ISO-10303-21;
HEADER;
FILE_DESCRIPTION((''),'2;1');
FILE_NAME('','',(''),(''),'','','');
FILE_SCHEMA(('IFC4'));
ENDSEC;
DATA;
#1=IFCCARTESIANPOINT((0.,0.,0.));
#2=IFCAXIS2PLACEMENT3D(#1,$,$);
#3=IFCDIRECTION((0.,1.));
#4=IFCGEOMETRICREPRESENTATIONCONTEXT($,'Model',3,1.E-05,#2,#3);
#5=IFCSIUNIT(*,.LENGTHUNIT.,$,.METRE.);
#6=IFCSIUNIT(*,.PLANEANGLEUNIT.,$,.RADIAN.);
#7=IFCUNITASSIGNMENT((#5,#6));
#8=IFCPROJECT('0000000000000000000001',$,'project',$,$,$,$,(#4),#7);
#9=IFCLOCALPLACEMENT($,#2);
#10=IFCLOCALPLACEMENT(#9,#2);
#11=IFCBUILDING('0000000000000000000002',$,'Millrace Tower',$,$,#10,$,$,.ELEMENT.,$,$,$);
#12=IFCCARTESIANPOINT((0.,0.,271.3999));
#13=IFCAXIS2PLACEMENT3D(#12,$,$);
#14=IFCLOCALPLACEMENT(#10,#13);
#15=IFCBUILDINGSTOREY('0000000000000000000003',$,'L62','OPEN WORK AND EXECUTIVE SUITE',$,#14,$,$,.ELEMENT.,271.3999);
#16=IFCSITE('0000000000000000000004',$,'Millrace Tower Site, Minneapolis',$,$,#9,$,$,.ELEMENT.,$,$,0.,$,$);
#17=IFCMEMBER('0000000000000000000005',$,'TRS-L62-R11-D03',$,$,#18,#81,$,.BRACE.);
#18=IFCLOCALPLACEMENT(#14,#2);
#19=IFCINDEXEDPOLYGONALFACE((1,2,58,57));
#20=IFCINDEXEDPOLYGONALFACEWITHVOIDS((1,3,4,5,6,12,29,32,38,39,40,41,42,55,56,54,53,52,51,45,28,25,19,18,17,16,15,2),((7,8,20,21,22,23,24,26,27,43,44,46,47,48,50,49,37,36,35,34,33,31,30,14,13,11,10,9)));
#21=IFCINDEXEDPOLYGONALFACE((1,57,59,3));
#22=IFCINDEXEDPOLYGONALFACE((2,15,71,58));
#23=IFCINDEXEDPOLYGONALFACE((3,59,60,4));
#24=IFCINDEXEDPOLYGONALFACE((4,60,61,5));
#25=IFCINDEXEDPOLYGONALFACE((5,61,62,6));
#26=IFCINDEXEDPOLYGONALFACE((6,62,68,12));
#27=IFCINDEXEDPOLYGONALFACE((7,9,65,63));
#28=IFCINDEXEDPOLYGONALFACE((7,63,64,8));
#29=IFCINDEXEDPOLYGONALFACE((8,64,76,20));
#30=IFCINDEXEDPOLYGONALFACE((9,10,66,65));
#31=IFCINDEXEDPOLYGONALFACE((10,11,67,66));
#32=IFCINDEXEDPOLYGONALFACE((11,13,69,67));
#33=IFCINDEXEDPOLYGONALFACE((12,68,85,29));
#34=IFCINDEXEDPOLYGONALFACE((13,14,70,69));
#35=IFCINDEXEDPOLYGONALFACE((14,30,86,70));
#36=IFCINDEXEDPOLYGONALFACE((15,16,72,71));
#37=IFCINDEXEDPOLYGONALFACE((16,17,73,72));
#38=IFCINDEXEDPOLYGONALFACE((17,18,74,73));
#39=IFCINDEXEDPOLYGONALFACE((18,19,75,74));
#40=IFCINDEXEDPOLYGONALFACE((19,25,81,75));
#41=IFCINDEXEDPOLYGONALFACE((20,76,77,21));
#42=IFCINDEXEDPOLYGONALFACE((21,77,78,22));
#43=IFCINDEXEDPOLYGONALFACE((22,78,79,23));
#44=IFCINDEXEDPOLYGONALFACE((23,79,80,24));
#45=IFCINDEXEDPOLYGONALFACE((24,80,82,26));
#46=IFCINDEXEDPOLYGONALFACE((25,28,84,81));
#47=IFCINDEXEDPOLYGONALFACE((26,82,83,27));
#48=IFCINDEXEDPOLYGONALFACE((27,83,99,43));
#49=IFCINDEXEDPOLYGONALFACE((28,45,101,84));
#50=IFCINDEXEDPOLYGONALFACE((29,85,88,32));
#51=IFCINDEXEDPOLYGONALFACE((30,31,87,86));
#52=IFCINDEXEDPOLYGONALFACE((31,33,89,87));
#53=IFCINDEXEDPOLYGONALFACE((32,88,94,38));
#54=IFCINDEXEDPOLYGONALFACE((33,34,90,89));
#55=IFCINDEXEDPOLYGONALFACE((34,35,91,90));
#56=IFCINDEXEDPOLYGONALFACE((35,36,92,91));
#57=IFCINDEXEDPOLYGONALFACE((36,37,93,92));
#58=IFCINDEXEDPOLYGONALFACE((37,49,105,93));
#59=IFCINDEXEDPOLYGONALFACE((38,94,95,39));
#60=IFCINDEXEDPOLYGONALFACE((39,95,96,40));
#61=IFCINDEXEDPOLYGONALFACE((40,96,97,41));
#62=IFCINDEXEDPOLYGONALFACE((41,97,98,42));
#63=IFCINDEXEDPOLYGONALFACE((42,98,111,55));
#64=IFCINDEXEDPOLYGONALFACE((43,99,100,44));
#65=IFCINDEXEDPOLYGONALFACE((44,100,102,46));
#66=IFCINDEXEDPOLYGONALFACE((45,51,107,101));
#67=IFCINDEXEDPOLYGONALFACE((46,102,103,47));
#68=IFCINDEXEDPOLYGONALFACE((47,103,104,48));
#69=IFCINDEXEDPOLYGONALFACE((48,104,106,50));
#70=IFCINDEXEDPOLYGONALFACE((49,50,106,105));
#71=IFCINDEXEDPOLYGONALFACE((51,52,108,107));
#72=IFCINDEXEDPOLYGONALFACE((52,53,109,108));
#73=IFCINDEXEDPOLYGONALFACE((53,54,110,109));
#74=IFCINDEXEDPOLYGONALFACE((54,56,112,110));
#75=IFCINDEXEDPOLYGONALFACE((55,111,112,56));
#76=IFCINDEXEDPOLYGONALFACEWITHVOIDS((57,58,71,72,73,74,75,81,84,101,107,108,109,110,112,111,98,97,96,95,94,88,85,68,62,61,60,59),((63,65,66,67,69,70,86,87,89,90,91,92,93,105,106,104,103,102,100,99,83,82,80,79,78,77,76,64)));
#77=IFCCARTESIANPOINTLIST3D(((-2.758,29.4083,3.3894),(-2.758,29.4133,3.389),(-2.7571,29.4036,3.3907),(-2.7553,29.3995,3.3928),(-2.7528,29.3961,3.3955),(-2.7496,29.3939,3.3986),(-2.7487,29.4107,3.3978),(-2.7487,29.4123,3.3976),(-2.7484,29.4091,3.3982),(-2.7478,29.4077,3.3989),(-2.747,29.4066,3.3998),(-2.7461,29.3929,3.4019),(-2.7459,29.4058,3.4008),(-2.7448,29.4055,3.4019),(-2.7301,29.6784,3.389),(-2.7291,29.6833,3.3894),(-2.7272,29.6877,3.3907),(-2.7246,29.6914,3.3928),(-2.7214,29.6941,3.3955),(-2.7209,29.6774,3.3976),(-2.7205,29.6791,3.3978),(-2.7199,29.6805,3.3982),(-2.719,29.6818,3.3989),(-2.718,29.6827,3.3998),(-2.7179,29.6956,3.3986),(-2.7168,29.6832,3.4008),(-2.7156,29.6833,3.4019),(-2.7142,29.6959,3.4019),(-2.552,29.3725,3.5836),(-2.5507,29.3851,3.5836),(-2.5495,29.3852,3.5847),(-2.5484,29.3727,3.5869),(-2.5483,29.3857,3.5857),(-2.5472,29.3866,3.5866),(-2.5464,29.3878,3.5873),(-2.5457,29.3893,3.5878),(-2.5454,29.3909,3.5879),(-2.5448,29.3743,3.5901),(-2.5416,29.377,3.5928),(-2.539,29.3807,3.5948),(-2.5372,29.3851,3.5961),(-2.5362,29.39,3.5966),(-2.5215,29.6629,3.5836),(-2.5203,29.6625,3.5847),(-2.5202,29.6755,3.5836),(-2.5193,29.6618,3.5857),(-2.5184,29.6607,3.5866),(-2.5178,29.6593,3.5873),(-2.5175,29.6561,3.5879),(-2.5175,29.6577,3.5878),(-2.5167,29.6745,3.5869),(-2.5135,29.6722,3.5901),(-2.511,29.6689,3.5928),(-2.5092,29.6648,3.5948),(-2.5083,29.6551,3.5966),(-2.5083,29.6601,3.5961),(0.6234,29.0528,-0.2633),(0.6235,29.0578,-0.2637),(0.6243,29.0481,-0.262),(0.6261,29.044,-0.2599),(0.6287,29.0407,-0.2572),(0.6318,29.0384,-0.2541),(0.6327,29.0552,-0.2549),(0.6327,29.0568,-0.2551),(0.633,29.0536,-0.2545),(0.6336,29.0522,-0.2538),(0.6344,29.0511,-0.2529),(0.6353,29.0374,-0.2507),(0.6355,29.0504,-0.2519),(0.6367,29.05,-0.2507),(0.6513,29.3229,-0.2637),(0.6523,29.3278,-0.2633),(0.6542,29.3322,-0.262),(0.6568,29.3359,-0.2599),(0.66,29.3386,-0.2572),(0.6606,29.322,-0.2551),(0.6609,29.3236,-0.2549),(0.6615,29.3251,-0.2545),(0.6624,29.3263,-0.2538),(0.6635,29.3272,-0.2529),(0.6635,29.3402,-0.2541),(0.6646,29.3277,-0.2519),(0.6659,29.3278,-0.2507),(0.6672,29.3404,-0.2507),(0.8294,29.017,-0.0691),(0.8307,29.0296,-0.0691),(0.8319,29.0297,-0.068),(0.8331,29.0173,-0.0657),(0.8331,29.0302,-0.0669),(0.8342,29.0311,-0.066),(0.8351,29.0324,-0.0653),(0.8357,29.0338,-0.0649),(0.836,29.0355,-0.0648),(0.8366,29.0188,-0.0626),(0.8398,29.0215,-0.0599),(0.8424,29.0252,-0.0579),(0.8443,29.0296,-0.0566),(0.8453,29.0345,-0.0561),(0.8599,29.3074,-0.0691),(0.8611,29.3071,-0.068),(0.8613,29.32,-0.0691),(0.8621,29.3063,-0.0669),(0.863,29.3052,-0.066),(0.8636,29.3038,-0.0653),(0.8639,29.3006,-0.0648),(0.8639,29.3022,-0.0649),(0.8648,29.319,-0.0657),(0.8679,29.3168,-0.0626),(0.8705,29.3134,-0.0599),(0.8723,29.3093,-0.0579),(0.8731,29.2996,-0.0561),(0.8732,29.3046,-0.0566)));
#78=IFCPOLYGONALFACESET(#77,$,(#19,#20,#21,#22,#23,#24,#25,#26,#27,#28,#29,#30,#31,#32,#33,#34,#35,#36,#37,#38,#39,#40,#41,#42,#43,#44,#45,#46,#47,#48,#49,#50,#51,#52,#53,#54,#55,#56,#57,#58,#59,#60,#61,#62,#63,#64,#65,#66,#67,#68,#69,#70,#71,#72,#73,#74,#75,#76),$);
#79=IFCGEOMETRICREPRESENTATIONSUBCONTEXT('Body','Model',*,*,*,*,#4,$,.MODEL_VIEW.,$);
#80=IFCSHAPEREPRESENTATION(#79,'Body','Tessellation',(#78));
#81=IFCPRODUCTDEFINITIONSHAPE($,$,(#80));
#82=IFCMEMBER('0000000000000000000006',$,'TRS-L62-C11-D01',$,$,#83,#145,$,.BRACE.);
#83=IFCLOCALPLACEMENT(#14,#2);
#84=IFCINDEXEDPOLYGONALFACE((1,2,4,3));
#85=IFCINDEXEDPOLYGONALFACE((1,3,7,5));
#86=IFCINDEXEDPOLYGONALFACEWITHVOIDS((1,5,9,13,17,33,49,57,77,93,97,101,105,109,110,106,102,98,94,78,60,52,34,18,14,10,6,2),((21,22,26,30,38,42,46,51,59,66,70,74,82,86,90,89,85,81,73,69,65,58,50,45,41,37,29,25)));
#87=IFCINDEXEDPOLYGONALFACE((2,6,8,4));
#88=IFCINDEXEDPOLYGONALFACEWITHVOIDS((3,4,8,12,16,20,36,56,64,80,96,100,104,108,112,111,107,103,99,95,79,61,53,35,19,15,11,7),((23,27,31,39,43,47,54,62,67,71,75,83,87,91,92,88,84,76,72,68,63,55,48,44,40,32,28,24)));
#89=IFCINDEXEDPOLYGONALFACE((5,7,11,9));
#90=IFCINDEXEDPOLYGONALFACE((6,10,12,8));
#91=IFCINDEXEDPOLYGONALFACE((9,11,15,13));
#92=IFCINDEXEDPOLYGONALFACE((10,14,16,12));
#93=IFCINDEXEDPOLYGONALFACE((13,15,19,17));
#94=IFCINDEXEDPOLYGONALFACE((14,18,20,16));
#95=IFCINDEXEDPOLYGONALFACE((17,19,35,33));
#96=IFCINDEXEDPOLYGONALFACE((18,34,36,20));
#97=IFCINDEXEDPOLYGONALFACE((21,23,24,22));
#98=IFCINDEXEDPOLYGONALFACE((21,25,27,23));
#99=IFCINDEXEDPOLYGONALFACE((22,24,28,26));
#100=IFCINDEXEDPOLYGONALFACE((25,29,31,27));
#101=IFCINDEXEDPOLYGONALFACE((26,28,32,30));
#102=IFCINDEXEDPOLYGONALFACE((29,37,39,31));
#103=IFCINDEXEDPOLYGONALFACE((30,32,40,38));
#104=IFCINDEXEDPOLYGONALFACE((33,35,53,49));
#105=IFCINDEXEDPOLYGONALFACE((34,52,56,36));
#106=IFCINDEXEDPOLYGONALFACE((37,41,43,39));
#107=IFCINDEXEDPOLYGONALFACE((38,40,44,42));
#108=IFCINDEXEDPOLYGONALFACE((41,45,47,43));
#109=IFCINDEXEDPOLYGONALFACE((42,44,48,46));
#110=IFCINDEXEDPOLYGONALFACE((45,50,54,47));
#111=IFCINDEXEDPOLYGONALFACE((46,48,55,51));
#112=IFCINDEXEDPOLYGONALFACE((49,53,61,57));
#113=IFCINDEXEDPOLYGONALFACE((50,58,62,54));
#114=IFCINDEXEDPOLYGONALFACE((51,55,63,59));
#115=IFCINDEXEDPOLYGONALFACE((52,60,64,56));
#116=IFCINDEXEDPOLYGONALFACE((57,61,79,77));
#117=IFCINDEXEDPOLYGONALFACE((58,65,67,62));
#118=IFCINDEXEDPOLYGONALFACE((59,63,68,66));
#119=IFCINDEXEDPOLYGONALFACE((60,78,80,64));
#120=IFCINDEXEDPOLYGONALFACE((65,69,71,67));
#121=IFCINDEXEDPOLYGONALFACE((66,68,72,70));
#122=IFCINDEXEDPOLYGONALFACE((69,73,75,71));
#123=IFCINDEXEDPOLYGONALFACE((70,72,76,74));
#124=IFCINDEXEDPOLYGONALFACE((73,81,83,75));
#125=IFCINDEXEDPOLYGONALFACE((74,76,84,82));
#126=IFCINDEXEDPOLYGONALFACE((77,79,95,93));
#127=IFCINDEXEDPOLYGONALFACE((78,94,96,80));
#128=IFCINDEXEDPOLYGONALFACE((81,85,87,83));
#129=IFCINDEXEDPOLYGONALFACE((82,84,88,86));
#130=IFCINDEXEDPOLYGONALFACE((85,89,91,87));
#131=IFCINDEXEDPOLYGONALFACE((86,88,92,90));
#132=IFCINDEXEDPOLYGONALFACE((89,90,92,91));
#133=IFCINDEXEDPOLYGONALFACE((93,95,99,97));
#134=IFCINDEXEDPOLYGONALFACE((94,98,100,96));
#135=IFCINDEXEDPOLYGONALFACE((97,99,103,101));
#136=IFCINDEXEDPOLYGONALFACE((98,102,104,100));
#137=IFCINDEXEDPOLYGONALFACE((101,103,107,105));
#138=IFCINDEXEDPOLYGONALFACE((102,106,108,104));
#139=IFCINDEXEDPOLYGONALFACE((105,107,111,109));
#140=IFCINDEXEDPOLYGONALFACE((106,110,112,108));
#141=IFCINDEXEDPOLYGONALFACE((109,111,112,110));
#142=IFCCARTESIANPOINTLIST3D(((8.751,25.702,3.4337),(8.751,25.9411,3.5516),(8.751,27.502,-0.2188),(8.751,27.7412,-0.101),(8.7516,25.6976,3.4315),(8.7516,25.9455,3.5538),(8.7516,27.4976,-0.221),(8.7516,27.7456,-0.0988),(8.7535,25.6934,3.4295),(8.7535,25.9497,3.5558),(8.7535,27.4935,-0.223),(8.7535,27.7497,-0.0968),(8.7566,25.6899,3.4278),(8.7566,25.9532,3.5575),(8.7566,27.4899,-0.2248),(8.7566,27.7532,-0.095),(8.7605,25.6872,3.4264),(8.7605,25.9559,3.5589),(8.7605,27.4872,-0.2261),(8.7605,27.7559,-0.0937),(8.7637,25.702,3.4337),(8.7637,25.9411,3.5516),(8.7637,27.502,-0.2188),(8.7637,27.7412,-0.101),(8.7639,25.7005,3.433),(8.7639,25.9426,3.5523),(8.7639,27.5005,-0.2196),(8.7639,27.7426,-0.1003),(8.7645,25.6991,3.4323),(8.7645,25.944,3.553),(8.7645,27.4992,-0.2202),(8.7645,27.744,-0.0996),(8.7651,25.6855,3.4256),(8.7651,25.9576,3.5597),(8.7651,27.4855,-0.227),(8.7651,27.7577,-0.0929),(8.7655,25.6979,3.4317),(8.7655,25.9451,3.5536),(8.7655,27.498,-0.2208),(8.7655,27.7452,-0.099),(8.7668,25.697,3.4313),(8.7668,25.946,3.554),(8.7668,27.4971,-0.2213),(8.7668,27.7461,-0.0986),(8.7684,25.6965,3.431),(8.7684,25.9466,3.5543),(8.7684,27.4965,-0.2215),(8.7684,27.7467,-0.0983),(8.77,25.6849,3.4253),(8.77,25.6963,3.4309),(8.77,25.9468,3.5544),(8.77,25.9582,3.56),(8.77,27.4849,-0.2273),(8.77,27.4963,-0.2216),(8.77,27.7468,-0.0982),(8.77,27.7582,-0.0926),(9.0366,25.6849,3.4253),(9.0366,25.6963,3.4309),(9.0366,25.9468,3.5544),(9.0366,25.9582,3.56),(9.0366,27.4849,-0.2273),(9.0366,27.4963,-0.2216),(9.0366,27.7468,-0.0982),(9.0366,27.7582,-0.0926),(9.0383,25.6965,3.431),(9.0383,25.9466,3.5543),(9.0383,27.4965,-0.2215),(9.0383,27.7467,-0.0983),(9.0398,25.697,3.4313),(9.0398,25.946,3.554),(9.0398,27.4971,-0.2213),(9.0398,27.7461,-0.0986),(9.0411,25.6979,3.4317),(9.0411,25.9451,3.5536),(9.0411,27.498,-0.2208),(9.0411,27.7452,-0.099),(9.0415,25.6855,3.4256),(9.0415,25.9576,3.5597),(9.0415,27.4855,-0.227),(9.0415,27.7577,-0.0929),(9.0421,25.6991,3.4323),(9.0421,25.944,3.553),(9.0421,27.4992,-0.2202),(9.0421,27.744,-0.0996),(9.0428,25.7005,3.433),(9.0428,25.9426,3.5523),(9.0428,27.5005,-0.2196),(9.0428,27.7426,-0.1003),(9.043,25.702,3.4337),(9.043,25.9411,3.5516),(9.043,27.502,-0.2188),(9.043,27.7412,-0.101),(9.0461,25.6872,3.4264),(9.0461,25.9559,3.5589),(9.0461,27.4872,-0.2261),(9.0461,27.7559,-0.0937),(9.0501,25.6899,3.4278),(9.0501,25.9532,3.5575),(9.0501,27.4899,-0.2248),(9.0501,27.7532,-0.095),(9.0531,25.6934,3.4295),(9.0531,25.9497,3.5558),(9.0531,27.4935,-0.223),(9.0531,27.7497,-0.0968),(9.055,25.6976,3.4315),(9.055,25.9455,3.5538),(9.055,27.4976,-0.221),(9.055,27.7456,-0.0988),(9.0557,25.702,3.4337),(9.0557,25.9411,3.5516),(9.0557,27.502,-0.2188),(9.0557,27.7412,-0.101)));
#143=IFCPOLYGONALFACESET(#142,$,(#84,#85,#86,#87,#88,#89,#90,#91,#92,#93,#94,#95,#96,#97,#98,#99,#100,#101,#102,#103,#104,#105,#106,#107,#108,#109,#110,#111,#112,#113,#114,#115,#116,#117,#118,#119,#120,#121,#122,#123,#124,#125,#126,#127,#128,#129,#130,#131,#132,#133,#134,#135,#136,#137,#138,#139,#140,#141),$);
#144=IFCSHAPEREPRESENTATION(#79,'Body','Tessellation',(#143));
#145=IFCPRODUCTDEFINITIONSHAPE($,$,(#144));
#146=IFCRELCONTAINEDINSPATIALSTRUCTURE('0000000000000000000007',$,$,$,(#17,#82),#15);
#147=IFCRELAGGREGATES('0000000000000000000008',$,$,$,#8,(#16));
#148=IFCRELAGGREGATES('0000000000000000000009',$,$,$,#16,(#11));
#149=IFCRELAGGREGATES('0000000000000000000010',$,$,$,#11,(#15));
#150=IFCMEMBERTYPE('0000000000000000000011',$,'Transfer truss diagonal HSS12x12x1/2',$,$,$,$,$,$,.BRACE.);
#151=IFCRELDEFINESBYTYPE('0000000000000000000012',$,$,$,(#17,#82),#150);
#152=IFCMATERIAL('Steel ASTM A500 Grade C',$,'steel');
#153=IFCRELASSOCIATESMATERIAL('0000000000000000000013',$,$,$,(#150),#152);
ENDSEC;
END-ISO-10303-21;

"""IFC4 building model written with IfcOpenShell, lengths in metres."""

from ifc_helpers import new_model, si_unit, direction, frame, origin, origin_2d, place, context, subcontext, project, spatial, hollow_rectangle, extrude, material, material_profile, profile_set, type_object, element, save


model = new_model("IFC4")

# Units and contexts
model_context = context("Model", 3, precision=1e-05, world=origin(), true_north=direction((0.0, 1.0)))
body_context = subcontext(model_context, "Body", "Model", "MODEL_VIEW")
ifc_project = project(units=[si_unit("LENGTHUNIT", "METRE"), si_unit("PLANEANGLEUNIT", "RADIAN")], contexts=[model_context])

# Site, building, storey
site_placement = place(None, origin())
site = spatial("IfcSite", under=ifc_project, at=site_placement, Name="Millrace Tower Site, Minneapolis", CompositionType="ELEMENT", RefElevation=0.0)
building_placement = place(site_placement, origin())
building = spatial("IfcBuilding", under=site, at=building_placement, Name="Millrace Tower", CompositionType="ELEMENT")
storey_placement = place(building_placement, frame((0.0, 0.0, 271.3999)))
storey = spatial("IfcBuildingStorey", under=building, at=storey_placement, Name="L62", Description="OPEN WORK AND EXECUTIVE SUITE", CompositionType="ELEMENT", Elevation=271.3999)

# Members
ifc_material_1 = material(Name="Steel ASTM A500 Grade C", Category="steel")
ifc_material_profile_1 = material_profile(ifc_material_1, hollow_rectangle(XDim=0.3047, YDim=0.3047, WallThickness=0.0127, InnerFilletRadius=0.0063, OuterFilletRadius=0.019, at=origin_2d()))
ifc_profile_set_1 = profile_set([ifc_material_profile_1], Name="Steel ASTM A500 Grade C")
member_type_1 = type_object("IfcMemberType", Name="Transfer truss diagonal HSS12x12x1/2", PredefinedType="BRACE", material=ifc_profile_set_1)
member_1_placement = place(storey_placement, frame((0.7483, 29.1787, -0.1599), z_axis=(-0.677609, 0.071235, 0.731964), x_axis=(-0.10455, -0.99452, 0.0)))
element("IfcMember", 1, at=member_1_placement, inside=storey, type_object=member_type_1, Name="TRS-L62-R11-D03", PredefinedType="BRACE", context=body_context, shape_type="SweptSolid", body=[
    extrude(hollow_rectangle(XDim=0.3047, YDim=0.3047, WallThickness=0.0127, InnerFilletRadius=0.0063, OuterFilletRadius=0.019, at=origin_2d()), origin(), (0.0, 0.0, 1.0), 4.9902),
])
member_2_placement = place(storey_placement, frame((8.9033, 27.6216, -0.1599), z_axis=(0.0, -0.44205, 0.89699), x_axis=(1.0, 0.0, 0.0)))
element("IfcMember", 2, at=member_2_placement, inside=storey, type_object=member_type_1, Name="TRS-L62-C11-D01", PredefinedType="BRACE", context=body_context, shape_type="SweptSolid", body=[
    extrude(hollow_rectangle(XDim=0.3047, YDim=0.3047, WallThickness=0.0127, InnerFilletRadius=0.0063, OuterFilletRadius=0.019, at=origin_2d()), origin(), (0.0, 0.0, 1.0), 4.072),
])

save(model, "model.ifc")
